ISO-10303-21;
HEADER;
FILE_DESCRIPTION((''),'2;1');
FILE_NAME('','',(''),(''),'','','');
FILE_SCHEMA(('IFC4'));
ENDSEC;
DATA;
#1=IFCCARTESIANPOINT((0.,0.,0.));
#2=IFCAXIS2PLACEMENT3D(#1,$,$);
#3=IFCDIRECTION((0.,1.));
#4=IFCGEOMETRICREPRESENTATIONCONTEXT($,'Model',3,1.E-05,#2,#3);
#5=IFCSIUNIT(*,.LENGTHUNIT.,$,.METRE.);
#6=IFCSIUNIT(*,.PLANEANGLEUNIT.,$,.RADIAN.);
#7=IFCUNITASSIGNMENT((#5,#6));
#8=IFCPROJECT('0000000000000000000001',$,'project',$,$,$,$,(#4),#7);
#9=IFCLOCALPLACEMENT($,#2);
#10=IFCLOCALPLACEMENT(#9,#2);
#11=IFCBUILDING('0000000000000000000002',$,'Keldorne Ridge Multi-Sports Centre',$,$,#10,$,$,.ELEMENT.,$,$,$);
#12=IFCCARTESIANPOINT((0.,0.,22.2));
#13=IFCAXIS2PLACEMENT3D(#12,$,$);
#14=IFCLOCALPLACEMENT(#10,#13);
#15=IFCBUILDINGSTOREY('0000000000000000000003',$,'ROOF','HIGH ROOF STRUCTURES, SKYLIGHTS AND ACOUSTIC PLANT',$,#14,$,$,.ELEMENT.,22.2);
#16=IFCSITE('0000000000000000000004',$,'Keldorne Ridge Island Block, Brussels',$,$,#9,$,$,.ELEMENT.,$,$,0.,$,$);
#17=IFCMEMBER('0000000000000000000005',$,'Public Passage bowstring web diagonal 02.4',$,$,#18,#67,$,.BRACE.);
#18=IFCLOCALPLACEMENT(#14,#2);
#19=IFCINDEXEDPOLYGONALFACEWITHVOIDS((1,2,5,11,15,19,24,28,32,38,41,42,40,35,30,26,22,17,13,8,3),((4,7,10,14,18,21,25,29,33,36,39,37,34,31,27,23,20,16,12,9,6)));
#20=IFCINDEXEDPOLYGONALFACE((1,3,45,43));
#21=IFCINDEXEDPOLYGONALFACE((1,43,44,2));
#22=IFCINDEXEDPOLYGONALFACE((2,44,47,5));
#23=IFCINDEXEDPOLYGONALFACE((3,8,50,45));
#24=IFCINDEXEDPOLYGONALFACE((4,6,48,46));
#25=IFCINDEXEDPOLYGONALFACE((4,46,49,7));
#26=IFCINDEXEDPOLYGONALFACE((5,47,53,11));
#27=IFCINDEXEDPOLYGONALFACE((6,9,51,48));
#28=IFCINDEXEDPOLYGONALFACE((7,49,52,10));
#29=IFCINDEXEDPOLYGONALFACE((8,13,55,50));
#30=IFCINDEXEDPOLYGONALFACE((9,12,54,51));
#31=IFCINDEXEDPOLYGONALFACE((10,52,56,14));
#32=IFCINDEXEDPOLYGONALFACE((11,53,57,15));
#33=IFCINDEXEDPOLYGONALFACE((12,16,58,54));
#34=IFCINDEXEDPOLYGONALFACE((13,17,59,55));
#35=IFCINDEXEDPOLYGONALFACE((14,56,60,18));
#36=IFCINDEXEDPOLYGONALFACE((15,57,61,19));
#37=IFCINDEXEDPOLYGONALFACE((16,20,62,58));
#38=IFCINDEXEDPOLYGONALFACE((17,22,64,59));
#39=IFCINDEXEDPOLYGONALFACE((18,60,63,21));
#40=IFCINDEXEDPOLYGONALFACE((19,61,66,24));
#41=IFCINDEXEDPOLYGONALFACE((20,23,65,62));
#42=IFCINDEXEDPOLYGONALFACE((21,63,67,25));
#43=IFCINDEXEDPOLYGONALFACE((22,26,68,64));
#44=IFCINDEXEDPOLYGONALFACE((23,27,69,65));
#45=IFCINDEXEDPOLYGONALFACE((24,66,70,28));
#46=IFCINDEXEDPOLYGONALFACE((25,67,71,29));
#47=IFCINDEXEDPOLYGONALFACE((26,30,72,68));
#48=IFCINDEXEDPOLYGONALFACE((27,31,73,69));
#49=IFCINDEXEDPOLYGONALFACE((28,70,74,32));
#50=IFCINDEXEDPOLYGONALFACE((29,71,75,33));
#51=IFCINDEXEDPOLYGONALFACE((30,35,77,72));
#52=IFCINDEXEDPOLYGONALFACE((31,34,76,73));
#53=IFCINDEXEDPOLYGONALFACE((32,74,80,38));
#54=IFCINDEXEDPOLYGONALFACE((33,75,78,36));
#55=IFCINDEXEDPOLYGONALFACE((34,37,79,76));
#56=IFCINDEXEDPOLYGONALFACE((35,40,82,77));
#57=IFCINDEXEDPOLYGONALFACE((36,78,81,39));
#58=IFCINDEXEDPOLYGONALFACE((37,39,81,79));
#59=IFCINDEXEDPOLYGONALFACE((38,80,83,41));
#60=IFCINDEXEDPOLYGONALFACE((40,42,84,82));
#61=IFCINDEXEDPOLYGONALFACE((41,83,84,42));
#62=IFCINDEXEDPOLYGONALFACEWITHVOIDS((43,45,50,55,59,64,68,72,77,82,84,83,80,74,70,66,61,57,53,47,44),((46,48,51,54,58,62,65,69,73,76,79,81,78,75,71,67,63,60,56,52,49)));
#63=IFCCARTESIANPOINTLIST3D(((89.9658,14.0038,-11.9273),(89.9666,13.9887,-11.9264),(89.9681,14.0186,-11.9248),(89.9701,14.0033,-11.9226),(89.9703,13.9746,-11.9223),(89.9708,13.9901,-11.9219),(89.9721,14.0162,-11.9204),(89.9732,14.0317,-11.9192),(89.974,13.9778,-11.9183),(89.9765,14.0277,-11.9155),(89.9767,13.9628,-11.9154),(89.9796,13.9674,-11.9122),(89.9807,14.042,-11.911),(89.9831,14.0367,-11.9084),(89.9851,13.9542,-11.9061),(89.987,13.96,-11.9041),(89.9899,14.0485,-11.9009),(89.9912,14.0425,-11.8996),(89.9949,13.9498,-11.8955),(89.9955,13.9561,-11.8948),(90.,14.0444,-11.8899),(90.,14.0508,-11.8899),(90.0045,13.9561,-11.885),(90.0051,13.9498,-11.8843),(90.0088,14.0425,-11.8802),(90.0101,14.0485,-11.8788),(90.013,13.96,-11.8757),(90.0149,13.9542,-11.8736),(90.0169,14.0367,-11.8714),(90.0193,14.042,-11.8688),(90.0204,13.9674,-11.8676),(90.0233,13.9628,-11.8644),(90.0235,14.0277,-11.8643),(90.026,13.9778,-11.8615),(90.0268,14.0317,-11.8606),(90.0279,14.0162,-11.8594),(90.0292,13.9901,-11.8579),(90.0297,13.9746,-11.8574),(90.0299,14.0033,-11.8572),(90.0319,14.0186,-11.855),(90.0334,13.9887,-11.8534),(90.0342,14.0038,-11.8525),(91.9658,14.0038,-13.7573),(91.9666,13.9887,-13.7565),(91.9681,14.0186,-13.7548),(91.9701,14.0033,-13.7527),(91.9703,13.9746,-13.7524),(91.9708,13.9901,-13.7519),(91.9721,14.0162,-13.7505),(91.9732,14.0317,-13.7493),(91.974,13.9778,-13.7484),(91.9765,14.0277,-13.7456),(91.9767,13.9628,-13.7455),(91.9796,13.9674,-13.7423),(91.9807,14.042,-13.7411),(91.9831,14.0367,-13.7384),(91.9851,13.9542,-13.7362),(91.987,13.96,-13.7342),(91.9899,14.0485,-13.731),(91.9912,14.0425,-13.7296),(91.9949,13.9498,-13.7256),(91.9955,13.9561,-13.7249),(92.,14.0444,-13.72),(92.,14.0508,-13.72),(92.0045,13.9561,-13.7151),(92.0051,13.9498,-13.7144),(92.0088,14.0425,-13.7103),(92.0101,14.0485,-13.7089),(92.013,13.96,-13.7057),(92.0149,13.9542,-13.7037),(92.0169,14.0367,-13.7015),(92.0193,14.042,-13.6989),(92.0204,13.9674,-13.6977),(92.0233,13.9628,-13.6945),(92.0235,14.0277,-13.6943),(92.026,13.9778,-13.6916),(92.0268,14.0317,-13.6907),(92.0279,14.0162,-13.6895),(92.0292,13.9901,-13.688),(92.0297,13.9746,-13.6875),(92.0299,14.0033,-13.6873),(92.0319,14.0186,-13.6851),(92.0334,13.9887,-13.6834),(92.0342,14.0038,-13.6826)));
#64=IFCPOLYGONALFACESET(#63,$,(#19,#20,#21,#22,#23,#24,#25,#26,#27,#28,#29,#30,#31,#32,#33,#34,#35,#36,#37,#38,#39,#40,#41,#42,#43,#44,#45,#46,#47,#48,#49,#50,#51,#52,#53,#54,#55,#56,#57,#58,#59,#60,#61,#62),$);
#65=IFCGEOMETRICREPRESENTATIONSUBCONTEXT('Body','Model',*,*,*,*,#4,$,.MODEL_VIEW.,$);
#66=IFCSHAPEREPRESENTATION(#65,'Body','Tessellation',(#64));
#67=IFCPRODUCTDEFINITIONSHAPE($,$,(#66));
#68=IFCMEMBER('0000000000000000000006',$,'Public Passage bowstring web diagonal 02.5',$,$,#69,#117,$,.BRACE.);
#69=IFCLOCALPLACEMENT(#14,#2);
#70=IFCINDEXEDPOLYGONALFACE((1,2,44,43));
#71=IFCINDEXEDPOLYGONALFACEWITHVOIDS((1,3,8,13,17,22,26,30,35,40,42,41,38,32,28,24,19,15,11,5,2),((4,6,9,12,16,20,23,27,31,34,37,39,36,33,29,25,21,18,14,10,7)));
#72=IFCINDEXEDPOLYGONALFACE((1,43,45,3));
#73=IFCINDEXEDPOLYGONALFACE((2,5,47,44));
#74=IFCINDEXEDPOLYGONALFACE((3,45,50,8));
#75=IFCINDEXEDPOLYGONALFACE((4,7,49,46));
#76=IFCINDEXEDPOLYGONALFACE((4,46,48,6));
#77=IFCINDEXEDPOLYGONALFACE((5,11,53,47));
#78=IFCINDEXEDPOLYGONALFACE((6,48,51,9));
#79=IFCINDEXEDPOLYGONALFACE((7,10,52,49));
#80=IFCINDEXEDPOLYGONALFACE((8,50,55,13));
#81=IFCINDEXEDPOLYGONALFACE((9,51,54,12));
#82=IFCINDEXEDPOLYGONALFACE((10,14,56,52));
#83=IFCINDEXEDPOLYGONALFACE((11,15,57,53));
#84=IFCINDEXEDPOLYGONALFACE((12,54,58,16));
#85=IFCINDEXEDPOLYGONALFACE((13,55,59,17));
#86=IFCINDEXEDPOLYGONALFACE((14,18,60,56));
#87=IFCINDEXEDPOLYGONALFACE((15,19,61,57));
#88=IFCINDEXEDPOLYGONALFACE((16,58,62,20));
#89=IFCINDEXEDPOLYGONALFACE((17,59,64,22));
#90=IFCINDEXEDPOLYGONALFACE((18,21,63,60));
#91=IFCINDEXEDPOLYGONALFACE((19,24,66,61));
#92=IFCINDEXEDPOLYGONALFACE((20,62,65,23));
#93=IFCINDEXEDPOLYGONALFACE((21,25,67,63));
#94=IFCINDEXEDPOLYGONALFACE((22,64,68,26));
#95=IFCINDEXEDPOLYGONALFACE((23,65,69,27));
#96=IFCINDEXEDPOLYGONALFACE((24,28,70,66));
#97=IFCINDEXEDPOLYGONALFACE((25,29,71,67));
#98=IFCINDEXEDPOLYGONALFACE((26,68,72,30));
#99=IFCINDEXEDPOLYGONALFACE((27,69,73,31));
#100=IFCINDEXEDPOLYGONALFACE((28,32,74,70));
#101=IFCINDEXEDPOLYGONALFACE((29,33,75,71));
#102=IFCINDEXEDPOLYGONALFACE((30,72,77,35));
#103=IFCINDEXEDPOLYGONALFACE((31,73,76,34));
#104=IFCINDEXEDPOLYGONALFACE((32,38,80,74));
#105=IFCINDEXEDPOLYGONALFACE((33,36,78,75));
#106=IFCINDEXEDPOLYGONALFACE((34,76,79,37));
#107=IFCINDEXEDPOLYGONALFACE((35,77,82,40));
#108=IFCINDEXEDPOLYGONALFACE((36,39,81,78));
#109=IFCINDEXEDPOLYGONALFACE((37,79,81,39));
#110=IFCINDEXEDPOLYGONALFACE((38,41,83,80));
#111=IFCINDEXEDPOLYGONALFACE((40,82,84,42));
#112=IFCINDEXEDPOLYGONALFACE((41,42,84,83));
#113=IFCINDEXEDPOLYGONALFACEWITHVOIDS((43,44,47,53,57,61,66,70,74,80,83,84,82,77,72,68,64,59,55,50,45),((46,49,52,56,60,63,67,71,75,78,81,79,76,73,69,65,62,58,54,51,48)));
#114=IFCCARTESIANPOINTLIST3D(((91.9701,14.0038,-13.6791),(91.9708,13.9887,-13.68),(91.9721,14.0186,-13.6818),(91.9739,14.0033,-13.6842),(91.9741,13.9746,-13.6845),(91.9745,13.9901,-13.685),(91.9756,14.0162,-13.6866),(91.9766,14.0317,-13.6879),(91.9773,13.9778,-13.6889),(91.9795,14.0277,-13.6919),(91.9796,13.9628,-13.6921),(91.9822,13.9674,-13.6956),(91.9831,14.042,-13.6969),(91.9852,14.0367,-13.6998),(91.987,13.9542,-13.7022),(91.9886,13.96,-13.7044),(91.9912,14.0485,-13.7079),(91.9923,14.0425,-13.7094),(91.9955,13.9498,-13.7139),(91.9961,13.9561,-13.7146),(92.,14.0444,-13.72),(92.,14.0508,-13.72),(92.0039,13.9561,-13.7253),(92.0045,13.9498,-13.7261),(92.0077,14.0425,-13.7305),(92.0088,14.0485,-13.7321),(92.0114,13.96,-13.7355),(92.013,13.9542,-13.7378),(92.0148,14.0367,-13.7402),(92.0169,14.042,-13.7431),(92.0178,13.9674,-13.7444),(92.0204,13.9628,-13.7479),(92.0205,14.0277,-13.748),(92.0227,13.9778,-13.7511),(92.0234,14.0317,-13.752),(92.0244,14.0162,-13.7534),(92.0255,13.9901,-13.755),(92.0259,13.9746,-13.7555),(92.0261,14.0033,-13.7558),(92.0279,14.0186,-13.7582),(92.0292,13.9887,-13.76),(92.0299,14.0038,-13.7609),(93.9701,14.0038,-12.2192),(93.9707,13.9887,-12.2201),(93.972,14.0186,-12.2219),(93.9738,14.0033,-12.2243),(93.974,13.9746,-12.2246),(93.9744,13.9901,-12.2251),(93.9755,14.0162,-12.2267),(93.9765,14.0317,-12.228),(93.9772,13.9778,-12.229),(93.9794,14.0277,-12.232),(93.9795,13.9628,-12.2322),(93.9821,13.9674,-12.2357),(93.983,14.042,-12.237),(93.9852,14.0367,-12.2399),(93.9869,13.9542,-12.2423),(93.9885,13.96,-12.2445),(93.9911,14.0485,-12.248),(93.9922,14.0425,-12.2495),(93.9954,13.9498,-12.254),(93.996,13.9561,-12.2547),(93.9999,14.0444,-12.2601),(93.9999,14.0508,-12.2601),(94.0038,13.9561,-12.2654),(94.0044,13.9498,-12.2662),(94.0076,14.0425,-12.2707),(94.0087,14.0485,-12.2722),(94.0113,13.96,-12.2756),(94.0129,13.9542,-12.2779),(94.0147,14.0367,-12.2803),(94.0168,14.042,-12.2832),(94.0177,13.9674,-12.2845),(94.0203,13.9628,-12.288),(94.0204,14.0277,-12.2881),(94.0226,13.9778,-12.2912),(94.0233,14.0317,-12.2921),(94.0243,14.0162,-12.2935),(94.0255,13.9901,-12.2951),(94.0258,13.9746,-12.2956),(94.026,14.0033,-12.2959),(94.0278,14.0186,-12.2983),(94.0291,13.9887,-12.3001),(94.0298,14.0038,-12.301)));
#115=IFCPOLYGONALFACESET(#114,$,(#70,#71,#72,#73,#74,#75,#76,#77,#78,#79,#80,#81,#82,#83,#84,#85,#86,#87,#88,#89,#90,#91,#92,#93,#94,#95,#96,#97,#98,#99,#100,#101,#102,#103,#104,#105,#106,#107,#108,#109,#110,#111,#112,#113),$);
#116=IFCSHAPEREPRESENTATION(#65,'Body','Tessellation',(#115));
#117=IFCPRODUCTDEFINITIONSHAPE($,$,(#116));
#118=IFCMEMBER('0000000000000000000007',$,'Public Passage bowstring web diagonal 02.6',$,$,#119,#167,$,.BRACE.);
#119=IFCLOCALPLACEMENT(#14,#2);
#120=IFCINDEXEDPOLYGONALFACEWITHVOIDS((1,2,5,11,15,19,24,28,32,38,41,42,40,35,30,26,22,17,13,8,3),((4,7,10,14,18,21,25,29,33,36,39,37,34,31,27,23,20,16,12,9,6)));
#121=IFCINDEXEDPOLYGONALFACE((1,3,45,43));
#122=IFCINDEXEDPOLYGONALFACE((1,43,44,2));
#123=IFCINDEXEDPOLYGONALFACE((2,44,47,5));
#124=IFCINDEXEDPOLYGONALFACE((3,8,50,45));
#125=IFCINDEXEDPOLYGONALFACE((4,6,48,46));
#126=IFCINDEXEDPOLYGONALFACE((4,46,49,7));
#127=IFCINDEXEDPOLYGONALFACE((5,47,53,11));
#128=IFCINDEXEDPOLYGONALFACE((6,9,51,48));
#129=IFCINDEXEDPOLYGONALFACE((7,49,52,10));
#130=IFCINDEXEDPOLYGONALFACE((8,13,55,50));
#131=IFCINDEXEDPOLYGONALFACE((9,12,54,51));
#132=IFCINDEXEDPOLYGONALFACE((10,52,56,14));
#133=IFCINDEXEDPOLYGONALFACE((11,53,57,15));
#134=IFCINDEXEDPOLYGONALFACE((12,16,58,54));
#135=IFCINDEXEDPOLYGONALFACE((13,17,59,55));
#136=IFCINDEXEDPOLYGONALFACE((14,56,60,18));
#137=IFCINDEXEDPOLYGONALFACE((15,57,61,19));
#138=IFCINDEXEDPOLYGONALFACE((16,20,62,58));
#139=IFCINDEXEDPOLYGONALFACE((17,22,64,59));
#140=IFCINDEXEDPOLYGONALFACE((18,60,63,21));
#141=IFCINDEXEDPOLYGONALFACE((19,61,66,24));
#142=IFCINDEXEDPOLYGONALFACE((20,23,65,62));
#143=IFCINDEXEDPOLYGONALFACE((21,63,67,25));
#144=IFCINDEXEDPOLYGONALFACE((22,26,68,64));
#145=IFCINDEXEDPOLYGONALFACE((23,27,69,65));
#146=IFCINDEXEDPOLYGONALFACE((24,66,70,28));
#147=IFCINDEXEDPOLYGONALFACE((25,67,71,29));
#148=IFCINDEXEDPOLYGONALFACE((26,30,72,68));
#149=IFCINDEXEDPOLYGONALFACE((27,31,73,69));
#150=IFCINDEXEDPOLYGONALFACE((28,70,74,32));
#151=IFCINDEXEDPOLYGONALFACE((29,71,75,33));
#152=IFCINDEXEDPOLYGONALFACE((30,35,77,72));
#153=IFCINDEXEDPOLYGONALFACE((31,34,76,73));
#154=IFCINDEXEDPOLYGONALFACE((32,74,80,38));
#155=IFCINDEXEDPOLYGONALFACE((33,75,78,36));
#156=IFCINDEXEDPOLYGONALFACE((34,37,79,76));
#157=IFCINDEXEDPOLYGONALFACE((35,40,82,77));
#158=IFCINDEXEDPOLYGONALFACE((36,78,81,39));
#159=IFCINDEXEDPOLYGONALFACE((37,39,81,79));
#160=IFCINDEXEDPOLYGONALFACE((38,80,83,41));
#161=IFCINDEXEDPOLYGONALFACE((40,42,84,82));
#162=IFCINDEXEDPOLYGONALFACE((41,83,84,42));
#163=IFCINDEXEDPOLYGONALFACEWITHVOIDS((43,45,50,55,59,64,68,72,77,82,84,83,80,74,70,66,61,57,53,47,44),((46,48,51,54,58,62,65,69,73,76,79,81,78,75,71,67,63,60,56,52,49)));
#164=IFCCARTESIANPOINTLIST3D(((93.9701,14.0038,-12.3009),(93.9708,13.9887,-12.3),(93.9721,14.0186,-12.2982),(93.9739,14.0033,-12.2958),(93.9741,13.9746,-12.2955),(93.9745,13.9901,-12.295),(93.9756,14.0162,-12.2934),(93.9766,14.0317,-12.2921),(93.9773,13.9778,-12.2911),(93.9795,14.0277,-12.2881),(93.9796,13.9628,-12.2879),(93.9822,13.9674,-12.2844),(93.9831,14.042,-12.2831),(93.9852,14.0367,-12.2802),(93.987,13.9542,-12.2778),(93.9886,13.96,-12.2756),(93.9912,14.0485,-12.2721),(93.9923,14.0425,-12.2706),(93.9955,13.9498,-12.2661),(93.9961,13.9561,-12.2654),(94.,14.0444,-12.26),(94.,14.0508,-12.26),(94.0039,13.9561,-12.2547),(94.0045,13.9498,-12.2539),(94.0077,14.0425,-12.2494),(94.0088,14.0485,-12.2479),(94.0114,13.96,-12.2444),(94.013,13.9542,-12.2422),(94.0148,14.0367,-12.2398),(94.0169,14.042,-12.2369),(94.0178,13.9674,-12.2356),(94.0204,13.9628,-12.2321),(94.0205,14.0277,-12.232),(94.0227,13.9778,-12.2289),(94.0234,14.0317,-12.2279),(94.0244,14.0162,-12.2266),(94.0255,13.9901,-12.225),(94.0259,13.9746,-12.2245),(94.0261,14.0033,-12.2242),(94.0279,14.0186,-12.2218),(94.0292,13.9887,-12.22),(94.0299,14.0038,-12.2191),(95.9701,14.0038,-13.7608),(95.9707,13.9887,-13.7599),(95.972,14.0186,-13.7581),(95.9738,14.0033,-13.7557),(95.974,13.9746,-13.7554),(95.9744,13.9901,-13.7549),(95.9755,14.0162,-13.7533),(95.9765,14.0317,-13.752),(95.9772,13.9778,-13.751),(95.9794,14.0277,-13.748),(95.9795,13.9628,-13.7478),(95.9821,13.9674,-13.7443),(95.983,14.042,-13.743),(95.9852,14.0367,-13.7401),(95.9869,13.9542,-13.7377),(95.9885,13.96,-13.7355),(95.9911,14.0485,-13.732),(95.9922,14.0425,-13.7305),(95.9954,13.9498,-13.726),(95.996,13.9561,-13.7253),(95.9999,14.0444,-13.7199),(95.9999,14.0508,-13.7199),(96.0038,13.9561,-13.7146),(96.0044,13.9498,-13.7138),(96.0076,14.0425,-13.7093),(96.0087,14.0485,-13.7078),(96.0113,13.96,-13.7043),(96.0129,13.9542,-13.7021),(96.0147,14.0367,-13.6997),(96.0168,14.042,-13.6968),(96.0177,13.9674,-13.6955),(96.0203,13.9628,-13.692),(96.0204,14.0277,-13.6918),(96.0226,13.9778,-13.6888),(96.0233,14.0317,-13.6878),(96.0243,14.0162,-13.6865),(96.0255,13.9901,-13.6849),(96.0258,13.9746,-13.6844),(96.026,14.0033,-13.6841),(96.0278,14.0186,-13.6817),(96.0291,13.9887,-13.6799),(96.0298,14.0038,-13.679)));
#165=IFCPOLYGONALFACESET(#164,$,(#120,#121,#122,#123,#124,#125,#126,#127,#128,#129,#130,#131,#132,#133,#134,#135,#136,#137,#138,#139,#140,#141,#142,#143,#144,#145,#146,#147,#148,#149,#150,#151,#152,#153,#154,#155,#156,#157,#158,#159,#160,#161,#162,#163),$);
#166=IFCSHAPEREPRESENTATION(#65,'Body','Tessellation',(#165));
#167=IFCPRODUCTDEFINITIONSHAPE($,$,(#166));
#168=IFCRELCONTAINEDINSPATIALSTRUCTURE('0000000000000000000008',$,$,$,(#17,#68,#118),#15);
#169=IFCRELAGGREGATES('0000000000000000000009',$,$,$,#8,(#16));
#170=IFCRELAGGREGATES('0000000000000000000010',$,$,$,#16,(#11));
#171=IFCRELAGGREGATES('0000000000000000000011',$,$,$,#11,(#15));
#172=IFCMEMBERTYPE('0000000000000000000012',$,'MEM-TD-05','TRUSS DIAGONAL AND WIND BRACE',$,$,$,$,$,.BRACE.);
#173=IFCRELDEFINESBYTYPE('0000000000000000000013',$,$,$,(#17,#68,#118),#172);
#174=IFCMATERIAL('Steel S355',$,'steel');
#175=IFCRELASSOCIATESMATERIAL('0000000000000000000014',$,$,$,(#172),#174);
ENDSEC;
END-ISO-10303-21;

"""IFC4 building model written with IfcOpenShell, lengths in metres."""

from ifc_helpers import new_model, si_unit, direction, frame, origin, origin_2d, place, context, subcontext, project, spatial, hollow_circle, extrude, material, material_profile, profile_set, type_object, element, save


model = new_model("IFC4")

# Units and contexts
model_context = context("Model", 3, precision=1e-05, world=origin(), true_north=direction((0.0, 1.0)))
body_context = subcontext(model_context, "Body", "Model", "MODEL_VIEW")
ifc_project = project(units=[si_unit("LENGTHUNIT", "METRE"), si_unit("PLANEANGLEUNIT", "RADIAN")], contexts=[model_context])

# Site, building, storey
site_placement = place(None, origin())
site = spatial("IfcSite", under=ifc_project, at=site_placement, Name="Keldorne Ridge Island Block, Brussels", CompositionType="ELEMENT", RefElevation=0.0)
building_placement = place(site_placement, origin())
building = spatial("IfcBuilding", under=site, at=building_placement, Name="Keldorne Ridge Multi-Sports Centre", CompositionType="ELEMENT")
storey_placement = place(building_placement, frame((0.0, 0.0, 22.2)))
storey = spatial("IfcBuildingStorey", under=building, at=storey_placement, Name="ROOF", Description="HIGH ROOF STRUCTURES, SKYLIGHTS AND ACOUSTIC PLANT", CompositionType="ELEMENT", Elevation=22.2)

# Members
ifc_material = material(Name="Steel S355", Category="steel")
ifc_material_profile_1 = material_profile(ifc_material, hollow_circle(Radius=0.0508, WallThickness=0.0063, at=origin_2d()), Name="CHS 101.6x6.3")
ifc_profile_set_1 = profile_set([ifc_material_profile_1], Name="Steel S355")
member_type_1 = type_object("IfcMemberType", Name="MEM-TD-05", Description="TRUSS DIAGONAL AND WIND BRACE", PredefinedType="BRACE", material=ifc_profile_set_1)
for number, where, z_axis, x_axis, name in (
    (1, (90.0, 14.0, -11.8899), (0.737752, 0.0, -0.675072), (0.0, 1.0, 0.0), "Public Passage bowstring web diagonal 02.4"),
):
    element("IfcMember", number, at=place(storey_placement, frame(where, z_axis=z_axis, x_axis=x_axis)), inside=storey, type_object=member_type_1, Name=name, PredefinedType="BRACE", context=body_context, shape_type="SweptSolid", body=[
        extrude(hollow_circle(Radius=0.0508, WallThickness=0.0063, at=origin_2d()), origin(), (0.0, 0.0, 1.0), 2.7109),
    ])
for number, where, z_axis, x_axis, name in (
    (2, (92.0, 14.0, -13.72), (0.807695, 0.0, 0.589601), (0.0, 1.0, 0.0), "Public Passage bowstring web diagonal 02.5"),
    (3, (94.0, 14.0, -12.26), (0.807695, 0.0, -0.589601), (0.0, 1.0, 0.0), "Public Passage bowstring web diagonal 02.6"),
):
    element("IfcMember", number, at=place(storey_placement, frame(where, z_axis=z_axis, x_axis=x_axis)), inside=storey, type_object=member_type_1, Name=name, PredefinedType="BRACE", context=body_context, shape_type="SweptSolid", body=[
        extrude(hollow_circle(Radius=0.0508, WallThickness=0.0063, at=origin_2d()), origin(), (0.0, 0.0, 1.0), 2.4761),
    ])

save(model, "model.ifc")
